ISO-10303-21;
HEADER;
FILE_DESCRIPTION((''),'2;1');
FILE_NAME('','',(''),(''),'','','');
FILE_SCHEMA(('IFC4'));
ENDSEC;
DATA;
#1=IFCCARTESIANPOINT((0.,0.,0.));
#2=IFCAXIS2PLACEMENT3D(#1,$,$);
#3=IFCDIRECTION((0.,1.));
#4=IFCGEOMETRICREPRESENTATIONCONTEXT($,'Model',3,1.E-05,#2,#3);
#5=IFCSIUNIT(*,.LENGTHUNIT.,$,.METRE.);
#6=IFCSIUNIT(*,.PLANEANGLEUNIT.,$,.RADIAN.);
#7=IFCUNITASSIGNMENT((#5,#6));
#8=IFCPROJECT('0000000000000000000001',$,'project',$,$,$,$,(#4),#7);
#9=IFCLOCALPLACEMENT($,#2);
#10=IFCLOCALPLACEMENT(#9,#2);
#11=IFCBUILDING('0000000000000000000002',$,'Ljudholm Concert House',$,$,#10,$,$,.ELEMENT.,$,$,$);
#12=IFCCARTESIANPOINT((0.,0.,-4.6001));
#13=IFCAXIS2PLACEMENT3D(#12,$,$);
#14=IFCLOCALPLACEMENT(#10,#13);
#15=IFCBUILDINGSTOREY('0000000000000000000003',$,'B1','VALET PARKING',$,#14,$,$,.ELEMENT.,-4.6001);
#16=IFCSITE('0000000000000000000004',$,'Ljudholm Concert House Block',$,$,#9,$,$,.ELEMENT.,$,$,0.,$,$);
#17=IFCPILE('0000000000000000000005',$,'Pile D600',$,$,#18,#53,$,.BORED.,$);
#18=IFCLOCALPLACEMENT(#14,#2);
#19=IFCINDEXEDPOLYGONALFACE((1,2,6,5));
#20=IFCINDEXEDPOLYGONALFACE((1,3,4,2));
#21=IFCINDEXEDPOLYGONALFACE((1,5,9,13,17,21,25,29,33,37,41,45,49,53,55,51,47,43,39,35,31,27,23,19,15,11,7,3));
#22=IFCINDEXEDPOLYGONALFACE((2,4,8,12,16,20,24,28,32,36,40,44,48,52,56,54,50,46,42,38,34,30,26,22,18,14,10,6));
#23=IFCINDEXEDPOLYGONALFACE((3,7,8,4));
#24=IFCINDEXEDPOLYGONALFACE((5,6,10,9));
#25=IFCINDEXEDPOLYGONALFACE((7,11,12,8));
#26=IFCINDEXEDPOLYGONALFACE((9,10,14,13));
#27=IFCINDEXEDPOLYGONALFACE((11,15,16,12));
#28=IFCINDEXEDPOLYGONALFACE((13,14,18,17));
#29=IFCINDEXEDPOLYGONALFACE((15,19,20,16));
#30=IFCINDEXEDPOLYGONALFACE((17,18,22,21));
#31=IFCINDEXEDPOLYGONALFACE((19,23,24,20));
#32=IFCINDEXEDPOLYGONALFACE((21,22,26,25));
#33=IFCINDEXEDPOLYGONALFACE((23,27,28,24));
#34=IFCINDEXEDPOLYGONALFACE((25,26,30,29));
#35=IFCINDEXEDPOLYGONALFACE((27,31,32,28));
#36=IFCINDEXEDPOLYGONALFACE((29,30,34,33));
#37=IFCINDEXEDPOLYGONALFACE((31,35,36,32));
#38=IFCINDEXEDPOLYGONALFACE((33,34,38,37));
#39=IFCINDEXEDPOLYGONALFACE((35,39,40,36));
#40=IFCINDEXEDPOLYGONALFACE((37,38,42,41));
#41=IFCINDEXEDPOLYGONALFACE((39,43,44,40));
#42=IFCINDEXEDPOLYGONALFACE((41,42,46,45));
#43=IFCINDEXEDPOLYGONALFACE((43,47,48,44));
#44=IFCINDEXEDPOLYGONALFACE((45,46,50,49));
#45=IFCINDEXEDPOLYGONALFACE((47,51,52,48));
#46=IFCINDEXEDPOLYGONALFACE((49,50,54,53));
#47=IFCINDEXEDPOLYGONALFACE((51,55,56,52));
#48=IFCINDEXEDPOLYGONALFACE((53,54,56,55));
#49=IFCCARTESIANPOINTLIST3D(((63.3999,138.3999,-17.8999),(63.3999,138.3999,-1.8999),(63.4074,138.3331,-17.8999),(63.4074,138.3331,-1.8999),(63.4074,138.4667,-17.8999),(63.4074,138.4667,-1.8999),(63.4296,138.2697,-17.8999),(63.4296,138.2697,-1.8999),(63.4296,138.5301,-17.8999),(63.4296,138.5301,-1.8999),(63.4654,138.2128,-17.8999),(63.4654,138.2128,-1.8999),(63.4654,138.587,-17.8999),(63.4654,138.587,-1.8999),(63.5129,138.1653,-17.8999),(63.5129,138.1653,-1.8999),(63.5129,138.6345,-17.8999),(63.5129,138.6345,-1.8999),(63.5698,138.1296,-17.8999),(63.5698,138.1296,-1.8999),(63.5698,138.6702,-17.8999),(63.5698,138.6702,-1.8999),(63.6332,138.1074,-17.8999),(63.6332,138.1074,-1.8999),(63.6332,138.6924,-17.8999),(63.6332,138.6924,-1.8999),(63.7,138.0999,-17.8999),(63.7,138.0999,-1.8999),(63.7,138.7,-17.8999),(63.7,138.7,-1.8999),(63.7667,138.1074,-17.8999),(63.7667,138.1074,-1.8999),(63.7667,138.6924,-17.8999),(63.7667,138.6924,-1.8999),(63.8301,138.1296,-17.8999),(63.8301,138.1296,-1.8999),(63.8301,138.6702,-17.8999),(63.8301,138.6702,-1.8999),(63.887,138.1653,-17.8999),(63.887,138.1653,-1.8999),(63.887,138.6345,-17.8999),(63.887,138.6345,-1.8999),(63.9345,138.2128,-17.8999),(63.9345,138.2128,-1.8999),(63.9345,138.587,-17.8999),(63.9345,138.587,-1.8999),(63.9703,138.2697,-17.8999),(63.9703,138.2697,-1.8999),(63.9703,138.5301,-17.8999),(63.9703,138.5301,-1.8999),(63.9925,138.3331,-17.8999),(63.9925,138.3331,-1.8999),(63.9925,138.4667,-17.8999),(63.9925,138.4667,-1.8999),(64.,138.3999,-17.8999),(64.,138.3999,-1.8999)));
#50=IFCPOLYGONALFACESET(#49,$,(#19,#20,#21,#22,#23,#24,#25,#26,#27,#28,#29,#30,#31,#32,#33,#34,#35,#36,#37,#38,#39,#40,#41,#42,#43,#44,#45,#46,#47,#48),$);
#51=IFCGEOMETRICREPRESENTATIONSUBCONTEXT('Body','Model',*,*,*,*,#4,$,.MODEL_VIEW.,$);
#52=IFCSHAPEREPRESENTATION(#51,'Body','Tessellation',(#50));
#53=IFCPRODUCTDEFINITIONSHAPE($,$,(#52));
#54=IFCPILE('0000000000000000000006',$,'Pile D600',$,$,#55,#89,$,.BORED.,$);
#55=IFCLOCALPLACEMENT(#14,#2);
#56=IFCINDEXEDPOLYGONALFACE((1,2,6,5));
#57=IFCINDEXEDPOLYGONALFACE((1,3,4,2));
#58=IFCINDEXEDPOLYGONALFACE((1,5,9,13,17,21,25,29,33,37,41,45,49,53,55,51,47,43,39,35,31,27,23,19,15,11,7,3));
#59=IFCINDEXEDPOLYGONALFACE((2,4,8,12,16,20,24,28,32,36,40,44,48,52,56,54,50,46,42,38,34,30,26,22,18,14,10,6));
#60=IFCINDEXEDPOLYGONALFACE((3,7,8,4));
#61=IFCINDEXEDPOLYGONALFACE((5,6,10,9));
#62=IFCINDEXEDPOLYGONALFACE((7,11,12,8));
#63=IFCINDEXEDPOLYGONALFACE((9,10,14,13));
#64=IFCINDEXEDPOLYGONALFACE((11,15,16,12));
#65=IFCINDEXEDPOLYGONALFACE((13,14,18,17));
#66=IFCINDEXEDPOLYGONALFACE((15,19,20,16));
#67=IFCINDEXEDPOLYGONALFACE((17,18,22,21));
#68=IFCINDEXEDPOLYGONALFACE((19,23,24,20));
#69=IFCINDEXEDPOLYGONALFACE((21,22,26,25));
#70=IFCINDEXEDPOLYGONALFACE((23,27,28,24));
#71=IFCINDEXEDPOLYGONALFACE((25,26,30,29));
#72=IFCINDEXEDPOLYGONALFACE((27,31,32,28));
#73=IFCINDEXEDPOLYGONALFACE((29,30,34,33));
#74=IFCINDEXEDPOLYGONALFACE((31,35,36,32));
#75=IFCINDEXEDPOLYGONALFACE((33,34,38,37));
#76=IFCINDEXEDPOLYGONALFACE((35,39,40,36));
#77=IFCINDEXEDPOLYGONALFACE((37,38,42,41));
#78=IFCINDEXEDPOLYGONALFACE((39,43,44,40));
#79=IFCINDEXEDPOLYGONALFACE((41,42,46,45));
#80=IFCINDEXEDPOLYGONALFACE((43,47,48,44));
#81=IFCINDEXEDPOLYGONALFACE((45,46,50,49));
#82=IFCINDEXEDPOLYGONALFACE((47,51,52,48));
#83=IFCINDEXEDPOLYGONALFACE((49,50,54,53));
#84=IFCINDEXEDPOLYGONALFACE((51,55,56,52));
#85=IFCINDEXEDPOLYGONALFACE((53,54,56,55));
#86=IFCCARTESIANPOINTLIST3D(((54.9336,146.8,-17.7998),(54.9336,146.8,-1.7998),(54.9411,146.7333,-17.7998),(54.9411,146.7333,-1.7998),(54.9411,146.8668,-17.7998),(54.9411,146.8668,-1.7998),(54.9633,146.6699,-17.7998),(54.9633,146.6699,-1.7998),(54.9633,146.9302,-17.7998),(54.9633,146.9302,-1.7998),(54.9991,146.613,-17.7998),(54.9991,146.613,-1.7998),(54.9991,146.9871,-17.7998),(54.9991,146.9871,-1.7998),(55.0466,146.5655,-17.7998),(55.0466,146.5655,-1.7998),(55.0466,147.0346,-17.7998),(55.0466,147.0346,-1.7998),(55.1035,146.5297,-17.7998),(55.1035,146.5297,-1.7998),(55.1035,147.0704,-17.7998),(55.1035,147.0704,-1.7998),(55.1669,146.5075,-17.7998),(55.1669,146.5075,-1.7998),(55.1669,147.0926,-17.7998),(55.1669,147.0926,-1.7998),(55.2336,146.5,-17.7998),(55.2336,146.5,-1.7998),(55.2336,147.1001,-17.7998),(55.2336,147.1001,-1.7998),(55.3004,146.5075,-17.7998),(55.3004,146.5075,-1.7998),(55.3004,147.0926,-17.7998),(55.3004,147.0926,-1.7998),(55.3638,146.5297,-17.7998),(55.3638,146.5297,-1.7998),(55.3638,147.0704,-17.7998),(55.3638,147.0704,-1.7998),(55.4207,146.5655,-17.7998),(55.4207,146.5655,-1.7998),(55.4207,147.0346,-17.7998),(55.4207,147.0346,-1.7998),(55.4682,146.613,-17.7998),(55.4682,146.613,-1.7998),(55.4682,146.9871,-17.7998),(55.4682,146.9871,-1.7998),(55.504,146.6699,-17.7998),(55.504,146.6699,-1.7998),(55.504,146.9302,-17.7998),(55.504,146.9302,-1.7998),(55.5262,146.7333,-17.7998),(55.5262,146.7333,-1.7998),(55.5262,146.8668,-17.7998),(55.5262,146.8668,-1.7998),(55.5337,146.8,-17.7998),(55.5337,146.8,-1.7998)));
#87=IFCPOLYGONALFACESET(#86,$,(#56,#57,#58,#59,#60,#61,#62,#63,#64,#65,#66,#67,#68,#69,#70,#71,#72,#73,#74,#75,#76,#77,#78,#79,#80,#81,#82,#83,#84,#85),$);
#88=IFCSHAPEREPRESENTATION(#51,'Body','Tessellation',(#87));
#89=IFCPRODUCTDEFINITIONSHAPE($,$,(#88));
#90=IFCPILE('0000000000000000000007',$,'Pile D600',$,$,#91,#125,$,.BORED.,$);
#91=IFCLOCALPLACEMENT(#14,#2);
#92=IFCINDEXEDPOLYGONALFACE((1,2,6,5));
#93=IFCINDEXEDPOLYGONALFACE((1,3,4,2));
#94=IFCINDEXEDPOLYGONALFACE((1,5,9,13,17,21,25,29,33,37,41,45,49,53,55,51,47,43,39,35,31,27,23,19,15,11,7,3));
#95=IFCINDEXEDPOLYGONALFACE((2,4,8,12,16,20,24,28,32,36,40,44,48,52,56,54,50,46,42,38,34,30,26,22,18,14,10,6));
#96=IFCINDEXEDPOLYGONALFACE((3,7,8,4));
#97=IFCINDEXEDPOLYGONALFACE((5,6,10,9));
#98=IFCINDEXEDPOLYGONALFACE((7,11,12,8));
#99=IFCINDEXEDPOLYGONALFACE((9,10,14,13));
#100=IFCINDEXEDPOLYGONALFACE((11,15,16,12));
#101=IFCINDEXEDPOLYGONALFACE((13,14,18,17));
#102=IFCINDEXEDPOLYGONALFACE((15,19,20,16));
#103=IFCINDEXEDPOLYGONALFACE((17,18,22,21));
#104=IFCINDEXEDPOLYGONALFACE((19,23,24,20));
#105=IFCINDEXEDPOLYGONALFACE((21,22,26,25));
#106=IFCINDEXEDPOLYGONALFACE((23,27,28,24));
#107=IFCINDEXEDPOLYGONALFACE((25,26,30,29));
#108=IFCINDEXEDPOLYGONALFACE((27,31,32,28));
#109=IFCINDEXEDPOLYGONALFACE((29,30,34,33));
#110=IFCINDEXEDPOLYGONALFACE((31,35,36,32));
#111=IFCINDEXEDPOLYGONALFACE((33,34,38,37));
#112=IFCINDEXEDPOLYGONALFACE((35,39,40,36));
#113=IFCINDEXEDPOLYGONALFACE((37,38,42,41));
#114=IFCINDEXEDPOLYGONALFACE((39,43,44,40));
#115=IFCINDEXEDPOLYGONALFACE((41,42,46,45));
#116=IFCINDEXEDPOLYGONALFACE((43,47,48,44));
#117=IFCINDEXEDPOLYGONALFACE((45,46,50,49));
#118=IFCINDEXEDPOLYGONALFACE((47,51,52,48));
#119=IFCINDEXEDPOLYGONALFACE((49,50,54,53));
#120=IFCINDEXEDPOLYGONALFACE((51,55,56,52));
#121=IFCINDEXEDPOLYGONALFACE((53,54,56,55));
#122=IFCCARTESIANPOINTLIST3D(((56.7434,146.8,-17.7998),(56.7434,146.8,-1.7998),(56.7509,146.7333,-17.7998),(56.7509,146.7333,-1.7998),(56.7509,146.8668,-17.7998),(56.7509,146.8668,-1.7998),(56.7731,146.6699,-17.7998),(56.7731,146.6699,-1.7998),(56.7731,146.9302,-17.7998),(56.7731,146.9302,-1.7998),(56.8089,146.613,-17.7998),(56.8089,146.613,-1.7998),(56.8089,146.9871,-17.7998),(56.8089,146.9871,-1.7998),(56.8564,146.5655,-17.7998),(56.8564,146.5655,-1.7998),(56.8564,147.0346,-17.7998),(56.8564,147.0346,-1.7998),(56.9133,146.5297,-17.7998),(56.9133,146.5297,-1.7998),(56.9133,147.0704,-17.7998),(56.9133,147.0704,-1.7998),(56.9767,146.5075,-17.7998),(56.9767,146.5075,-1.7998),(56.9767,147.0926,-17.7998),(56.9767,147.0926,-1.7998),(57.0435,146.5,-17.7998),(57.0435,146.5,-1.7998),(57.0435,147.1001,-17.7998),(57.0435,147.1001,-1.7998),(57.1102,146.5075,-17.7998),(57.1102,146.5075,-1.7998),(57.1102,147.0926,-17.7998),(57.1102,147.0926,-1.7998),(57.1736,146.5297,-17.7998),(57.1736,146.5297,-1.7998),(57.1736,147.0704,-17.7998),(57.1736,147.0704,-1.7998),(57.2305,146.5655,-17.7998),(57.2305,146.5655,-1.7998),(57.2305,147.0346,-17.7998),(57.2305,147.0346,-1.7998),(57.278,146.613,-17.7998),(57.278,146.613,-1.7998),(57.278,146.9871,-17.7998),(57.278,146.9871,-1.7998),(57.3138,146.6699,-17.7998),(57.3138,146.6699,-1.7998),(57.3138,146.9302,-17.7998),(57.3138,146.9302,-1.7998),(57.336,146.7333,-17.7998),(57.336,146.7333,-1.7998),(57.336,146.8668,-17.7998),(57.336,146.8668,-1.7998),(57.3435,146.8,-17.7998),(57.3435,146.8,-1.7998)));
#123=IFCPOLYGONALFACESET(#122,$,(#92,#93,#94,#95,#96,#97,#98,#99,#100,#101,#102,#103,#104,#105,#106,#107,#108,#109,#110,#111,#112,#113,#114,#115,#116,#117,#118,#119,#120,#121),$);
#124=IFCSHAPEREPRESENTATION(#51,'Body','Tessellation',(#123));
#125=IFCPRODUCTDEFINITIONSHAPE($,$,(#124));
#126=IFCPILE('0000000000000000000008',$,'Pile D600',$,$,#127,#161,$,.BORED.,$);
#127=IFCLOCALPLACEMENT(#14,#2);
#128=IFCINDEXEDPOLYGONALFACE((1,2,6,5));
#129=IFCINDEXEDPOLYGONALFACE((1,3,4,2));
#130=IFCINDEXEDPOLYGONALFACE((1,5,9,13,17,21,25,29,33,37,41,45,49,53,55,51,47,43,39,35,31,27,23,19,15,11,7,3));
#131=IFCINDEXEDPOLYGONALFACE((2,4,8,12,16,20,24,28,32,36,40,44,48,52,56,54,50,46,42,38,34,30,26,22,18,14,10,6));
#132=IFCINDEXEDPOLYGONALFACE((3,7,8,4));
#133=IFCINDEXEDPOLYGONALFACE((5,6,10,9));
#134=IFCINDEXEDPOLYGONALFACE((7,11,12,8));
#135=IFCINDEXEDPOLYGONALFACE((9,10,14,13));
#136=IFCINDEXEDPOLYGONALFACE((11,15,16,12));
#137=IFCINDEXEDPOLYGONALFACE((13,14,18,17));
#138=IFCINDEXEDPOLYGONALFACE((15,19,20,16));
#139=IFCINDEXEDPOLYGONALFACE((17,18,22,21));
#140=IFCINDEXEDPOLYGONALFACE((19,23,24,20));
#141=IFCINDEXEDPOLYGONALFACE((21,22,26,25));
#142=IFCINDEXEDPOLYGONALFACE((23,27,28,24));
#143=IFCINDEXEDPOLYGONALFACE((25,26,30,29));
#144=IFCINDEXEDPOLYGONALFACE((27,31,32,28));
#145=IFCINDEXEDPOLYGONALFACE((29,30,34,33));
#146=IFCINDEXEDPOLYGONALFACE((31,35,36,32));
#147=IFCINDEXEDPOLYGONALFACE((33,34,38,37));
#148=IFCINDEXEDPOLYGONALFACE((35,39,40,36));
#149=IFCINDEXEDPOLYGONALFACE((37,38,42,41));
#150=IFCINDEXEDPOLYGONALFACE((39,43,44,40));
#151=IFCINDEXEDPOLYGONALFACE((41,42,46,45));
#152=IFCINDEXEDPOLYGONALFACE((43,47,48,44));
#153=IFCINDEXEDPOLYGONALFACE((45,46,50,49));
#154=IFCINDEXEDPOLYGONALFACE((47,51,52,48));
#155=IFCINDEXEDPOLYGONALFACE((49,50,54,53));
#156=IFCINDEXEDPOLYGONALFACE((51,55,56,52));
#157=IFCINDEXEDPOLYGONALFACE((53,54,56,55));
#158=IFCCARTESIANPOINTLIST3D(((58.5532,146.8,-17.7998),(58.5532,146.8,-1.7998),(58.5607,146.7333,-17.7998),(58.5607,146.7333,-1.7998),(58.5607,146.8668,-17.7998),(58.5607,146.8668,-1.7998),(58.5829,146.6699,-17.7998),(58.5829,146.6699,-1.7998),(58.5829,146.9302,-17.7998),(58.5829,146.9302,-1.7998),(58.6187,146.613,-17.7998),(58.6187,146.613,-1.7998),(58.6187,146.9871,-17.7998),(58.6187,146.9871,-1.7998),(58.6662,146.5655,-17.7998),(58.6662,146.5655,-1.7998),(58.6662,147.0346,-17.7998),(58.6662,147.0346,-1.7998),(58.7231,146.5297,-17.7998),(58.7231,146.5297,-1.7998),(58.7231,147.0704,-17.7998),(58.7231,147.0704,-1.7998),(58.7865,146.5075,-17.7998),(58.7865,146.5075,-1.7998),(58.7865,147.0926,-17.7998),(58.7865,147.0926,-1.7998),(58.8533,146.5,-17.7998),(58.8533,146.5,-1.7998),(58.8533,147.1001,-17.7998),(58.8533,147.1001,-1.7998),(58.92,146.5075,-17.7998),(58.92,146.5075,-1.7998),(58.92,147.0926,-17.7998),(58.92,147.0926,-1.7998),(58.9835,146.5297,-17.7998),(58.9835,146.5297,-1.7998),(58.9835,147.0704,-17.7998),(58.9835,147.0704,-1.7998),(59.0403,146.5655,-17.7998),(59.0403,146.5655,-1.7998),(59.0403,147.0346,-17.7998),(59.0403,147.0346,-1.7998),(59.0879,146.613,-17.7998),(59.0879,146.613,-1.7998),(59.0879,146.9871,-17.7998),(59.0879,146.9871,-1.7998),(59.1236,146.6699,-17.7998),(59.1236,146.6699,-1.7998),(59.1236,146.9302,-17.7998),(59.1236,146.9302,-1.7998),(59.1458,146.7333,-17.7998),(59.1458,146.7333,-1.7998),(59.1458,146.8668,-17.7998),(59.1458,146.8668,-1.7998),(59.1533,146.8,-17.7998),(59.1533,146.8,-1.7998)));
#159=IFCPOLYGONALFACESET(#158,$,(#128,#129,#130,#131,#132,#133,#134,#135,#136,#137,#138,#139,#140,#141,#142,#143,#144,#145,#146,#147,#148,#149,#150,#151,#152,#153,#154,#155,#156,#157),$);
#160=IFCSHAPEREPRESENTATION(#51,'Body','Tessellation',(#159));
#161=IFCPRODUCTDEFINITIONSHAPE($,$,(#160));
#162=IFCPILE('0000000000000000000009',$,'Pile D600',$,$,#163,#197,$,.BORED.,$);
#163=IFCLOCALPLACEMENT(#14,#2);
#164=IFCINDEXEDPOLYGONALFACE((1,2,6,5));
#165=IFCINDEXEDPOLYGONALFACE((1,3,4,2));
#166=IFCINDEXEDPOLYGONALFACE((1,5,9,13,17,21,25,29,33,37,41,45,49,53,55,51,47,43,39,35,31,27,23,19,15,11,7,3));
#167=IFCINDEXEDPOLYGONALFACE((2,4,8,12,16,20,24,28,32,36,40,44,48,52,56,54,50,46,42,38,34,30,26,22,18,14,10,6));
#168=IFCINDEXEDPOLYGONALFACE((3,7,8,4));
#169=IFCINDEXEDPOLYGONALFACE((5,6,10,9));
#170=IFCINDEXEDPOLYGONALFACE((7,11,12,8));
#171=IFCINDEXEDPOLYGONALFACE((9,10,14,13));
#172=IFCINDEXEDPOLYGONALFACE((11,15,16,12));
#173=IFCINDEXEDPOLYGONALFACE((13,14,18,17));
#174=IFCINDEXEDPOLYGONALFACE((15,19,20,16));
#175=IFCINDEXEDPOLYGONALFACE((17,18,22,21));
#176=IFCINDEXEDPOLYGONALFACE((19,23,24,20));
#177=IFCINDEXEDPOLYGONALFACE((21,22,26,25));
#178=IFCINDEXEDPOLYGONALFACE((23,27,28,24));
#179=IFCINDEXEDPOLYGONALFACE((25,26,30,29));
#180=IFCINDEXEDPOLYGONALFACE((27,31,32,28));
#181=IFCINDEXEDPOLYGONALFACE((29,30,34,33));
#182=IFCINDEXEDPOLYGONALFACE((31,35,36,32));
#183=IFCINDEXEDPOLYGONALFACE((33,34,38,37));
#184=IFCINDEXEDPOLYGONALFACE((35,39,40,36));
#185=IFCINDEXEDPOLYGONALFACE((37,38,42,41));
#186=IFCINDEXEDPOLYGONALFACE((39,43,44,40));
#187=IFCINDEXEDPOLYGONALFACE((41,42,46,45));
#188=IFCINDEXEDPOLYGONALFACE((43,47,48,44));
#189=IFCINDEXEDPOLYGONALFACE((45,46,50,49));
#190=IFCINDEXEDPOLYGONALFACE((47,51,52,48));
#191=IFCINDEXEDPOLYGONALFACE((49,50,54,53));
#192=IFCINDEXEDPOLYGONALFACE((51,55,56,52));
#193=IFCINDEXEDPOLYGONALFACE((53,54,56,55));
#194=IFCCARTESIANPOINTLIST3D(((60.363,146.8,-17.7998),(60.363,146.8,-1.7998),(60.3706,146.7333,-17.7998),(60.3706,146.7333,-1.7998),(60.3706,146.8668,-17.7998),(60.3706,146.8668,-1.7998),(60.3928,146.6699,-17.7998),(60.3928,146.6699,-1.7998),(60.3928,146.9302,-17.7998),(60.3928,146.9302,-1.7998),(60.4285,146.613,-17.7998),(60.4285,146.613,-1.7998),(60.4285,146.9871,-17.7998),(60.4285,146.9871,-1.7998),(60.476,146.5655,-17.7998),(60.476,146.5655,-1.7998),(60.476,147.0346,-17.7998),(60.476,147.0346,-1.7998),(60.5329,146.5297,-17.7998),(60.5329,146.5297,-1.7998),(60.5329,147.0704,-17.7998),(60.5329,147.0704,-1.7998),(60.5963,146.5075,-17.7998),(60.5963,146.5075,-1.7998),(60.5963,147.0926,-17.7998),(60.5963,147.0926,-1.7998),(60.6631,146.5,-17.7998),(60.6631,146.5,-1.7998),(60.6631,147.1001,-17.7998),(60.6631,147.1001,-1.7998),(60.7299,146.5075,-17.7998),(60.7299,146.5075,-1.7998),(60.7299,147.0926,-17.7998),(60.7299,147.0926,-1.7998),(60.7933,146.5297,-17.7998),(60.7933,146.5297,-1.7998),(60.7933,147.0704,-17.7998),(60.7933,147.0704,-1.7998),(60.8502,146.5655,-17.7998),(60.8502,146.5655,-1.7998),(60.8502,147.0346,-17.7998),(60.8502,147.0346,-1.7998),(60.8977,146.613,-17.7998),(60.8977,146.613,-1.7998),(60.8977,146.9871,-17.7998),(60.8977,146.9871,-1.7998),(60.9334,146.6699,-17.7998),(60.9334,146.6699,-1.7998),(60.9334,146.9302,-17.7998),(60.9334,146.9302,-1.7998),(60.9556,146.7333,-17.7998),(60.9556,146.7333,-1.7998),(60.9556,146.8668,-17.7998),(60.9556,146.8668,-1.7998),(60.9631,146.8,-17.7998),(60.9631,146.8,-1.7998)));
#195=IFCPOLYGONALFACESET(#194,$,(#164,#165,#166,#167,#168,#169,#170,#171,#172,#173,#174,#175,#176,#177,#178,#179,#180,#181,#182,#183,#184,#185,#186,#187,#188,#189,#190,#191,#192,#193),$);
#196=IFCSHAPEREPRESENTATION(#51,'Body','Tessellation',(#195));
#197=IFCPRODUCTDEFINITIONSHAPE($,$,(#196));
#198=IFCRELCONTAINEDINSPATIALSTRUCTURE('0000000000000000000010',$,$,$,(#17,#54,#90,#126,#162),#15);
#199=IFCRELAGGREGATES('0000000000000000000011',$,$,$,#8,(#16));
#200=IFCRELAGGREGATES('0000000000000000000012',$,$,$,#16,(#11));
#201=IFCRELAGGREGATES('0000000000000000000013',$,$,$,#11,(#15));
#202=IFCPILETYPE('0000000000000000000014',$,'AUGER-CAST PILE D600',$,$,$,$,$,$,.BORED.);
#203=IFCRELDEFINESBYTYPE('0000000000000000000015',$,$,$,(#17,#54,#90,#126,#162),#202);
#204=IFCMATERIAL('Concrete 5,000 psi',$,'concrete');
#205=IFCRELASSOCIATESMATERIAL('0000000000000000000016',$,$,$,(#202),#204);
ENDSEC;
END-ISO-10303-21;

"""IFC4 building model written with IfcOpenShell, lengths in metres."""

from ifc_helpers import new_model, si_unit, direction, frame, origin, origin_2d, place, context, subcontext, project, spatial, circle, extrude, material, material_profile, profile_set, type_object, element, save


model = new_model("IFC4")

# Units and contexts
model_context = context("Model", 3, precision=1e-05, world=origin(), true_north=direction((0.0, 1.0)))
body_context = subcontext(model_context, "Body", "Model", "MODEL_VIEW")
ifc_project = project(units=[si_unit("LENGTHUNIT", "METRE"), si_unit("PLANEANGLEUNIT", "RADIAN")], contexts=[model_context])

# Site, building, storey
site_placement = place(None, origin())
site = spatial("IfcSite", under=ifc_project, at=site_placement, Name="Ljudholm Concert House Block", CompositionType="ELEMENT", RefElevation=0.0)
building_placement = place(site_placement, origin())
building = spatial("IfcBuilding", under=site, at=building_placement, Name="Ljudholm Concert House", CompositionType="ELEMENT")
storey_placement = place(building_placement, frame((0.0, 0.0, -4.6001)))
storey = spatial("IfcBuildingStorey", under=building, at=storey_placement, Name="B1", Description="VALET PARKING", CompositionType="ELEMENT", Elevation=-4.6001)

# Piles
ifc_material_1 = material(Name="Concrete 5,000 psi", Category="concrete")
ifc_material_profile_1 = material_profile(ifc_material_1, circle(Radius=0.3, at=origin_2d()), Name="AUGER-CAST PILE D600")
ifc_profile_set_1 = profile_set([ifc_material_profile_1], Name="Concrete 5,000 psi")
pile_type = type_object("IfcPileType", Name="AUGER-CAST PILE D600", PredefinedType="BORED", material=ifc_profile_set_1)
for number, where, z_axis, x_axis, name in (
    (1, (63.7, 138.3999, -1.8999), (0.0, 0.0, -1.0), (1.0, 0.0, 0.0), "Pile D600"),
    (2, (55.2336, 146.8, -1.7998), (0.0, 0.0, -1.0), (1.0, 0.0, 0.0), "Pile D600"),
    (3, (57.0435, 146.8, -1.7998), (0.0, 0.0, -1.0), (1.0, 0.0, 0.0), "Pile D600"),
    (4, (58.8533, 146.8, -1.7998), (0.0, 0.0, -1.0), (1.0, 0.0, 0.0), "Pile D600"),
    (5, (60.6631, 146.8, -1.7998), (0.0, 0.0, -1.0), (1.0, 0.0, 0.0), "Pile D600"),
):
    element("IfcPile", number, at=place(storey_placement, frame(where, z_axis=z_axis, x_axis=x_axis)), inside=storey, type_object=pile_type, Name=name, PredefinedType="BORED", context=body_context, shape_type="SweptSolid", body=[
        extrude(circle(Radius=0.3, at=origin_2d()), origin(), (0.0, 0.0, 1.0), 16.0),
    ])

save(model, "model.ifc")
